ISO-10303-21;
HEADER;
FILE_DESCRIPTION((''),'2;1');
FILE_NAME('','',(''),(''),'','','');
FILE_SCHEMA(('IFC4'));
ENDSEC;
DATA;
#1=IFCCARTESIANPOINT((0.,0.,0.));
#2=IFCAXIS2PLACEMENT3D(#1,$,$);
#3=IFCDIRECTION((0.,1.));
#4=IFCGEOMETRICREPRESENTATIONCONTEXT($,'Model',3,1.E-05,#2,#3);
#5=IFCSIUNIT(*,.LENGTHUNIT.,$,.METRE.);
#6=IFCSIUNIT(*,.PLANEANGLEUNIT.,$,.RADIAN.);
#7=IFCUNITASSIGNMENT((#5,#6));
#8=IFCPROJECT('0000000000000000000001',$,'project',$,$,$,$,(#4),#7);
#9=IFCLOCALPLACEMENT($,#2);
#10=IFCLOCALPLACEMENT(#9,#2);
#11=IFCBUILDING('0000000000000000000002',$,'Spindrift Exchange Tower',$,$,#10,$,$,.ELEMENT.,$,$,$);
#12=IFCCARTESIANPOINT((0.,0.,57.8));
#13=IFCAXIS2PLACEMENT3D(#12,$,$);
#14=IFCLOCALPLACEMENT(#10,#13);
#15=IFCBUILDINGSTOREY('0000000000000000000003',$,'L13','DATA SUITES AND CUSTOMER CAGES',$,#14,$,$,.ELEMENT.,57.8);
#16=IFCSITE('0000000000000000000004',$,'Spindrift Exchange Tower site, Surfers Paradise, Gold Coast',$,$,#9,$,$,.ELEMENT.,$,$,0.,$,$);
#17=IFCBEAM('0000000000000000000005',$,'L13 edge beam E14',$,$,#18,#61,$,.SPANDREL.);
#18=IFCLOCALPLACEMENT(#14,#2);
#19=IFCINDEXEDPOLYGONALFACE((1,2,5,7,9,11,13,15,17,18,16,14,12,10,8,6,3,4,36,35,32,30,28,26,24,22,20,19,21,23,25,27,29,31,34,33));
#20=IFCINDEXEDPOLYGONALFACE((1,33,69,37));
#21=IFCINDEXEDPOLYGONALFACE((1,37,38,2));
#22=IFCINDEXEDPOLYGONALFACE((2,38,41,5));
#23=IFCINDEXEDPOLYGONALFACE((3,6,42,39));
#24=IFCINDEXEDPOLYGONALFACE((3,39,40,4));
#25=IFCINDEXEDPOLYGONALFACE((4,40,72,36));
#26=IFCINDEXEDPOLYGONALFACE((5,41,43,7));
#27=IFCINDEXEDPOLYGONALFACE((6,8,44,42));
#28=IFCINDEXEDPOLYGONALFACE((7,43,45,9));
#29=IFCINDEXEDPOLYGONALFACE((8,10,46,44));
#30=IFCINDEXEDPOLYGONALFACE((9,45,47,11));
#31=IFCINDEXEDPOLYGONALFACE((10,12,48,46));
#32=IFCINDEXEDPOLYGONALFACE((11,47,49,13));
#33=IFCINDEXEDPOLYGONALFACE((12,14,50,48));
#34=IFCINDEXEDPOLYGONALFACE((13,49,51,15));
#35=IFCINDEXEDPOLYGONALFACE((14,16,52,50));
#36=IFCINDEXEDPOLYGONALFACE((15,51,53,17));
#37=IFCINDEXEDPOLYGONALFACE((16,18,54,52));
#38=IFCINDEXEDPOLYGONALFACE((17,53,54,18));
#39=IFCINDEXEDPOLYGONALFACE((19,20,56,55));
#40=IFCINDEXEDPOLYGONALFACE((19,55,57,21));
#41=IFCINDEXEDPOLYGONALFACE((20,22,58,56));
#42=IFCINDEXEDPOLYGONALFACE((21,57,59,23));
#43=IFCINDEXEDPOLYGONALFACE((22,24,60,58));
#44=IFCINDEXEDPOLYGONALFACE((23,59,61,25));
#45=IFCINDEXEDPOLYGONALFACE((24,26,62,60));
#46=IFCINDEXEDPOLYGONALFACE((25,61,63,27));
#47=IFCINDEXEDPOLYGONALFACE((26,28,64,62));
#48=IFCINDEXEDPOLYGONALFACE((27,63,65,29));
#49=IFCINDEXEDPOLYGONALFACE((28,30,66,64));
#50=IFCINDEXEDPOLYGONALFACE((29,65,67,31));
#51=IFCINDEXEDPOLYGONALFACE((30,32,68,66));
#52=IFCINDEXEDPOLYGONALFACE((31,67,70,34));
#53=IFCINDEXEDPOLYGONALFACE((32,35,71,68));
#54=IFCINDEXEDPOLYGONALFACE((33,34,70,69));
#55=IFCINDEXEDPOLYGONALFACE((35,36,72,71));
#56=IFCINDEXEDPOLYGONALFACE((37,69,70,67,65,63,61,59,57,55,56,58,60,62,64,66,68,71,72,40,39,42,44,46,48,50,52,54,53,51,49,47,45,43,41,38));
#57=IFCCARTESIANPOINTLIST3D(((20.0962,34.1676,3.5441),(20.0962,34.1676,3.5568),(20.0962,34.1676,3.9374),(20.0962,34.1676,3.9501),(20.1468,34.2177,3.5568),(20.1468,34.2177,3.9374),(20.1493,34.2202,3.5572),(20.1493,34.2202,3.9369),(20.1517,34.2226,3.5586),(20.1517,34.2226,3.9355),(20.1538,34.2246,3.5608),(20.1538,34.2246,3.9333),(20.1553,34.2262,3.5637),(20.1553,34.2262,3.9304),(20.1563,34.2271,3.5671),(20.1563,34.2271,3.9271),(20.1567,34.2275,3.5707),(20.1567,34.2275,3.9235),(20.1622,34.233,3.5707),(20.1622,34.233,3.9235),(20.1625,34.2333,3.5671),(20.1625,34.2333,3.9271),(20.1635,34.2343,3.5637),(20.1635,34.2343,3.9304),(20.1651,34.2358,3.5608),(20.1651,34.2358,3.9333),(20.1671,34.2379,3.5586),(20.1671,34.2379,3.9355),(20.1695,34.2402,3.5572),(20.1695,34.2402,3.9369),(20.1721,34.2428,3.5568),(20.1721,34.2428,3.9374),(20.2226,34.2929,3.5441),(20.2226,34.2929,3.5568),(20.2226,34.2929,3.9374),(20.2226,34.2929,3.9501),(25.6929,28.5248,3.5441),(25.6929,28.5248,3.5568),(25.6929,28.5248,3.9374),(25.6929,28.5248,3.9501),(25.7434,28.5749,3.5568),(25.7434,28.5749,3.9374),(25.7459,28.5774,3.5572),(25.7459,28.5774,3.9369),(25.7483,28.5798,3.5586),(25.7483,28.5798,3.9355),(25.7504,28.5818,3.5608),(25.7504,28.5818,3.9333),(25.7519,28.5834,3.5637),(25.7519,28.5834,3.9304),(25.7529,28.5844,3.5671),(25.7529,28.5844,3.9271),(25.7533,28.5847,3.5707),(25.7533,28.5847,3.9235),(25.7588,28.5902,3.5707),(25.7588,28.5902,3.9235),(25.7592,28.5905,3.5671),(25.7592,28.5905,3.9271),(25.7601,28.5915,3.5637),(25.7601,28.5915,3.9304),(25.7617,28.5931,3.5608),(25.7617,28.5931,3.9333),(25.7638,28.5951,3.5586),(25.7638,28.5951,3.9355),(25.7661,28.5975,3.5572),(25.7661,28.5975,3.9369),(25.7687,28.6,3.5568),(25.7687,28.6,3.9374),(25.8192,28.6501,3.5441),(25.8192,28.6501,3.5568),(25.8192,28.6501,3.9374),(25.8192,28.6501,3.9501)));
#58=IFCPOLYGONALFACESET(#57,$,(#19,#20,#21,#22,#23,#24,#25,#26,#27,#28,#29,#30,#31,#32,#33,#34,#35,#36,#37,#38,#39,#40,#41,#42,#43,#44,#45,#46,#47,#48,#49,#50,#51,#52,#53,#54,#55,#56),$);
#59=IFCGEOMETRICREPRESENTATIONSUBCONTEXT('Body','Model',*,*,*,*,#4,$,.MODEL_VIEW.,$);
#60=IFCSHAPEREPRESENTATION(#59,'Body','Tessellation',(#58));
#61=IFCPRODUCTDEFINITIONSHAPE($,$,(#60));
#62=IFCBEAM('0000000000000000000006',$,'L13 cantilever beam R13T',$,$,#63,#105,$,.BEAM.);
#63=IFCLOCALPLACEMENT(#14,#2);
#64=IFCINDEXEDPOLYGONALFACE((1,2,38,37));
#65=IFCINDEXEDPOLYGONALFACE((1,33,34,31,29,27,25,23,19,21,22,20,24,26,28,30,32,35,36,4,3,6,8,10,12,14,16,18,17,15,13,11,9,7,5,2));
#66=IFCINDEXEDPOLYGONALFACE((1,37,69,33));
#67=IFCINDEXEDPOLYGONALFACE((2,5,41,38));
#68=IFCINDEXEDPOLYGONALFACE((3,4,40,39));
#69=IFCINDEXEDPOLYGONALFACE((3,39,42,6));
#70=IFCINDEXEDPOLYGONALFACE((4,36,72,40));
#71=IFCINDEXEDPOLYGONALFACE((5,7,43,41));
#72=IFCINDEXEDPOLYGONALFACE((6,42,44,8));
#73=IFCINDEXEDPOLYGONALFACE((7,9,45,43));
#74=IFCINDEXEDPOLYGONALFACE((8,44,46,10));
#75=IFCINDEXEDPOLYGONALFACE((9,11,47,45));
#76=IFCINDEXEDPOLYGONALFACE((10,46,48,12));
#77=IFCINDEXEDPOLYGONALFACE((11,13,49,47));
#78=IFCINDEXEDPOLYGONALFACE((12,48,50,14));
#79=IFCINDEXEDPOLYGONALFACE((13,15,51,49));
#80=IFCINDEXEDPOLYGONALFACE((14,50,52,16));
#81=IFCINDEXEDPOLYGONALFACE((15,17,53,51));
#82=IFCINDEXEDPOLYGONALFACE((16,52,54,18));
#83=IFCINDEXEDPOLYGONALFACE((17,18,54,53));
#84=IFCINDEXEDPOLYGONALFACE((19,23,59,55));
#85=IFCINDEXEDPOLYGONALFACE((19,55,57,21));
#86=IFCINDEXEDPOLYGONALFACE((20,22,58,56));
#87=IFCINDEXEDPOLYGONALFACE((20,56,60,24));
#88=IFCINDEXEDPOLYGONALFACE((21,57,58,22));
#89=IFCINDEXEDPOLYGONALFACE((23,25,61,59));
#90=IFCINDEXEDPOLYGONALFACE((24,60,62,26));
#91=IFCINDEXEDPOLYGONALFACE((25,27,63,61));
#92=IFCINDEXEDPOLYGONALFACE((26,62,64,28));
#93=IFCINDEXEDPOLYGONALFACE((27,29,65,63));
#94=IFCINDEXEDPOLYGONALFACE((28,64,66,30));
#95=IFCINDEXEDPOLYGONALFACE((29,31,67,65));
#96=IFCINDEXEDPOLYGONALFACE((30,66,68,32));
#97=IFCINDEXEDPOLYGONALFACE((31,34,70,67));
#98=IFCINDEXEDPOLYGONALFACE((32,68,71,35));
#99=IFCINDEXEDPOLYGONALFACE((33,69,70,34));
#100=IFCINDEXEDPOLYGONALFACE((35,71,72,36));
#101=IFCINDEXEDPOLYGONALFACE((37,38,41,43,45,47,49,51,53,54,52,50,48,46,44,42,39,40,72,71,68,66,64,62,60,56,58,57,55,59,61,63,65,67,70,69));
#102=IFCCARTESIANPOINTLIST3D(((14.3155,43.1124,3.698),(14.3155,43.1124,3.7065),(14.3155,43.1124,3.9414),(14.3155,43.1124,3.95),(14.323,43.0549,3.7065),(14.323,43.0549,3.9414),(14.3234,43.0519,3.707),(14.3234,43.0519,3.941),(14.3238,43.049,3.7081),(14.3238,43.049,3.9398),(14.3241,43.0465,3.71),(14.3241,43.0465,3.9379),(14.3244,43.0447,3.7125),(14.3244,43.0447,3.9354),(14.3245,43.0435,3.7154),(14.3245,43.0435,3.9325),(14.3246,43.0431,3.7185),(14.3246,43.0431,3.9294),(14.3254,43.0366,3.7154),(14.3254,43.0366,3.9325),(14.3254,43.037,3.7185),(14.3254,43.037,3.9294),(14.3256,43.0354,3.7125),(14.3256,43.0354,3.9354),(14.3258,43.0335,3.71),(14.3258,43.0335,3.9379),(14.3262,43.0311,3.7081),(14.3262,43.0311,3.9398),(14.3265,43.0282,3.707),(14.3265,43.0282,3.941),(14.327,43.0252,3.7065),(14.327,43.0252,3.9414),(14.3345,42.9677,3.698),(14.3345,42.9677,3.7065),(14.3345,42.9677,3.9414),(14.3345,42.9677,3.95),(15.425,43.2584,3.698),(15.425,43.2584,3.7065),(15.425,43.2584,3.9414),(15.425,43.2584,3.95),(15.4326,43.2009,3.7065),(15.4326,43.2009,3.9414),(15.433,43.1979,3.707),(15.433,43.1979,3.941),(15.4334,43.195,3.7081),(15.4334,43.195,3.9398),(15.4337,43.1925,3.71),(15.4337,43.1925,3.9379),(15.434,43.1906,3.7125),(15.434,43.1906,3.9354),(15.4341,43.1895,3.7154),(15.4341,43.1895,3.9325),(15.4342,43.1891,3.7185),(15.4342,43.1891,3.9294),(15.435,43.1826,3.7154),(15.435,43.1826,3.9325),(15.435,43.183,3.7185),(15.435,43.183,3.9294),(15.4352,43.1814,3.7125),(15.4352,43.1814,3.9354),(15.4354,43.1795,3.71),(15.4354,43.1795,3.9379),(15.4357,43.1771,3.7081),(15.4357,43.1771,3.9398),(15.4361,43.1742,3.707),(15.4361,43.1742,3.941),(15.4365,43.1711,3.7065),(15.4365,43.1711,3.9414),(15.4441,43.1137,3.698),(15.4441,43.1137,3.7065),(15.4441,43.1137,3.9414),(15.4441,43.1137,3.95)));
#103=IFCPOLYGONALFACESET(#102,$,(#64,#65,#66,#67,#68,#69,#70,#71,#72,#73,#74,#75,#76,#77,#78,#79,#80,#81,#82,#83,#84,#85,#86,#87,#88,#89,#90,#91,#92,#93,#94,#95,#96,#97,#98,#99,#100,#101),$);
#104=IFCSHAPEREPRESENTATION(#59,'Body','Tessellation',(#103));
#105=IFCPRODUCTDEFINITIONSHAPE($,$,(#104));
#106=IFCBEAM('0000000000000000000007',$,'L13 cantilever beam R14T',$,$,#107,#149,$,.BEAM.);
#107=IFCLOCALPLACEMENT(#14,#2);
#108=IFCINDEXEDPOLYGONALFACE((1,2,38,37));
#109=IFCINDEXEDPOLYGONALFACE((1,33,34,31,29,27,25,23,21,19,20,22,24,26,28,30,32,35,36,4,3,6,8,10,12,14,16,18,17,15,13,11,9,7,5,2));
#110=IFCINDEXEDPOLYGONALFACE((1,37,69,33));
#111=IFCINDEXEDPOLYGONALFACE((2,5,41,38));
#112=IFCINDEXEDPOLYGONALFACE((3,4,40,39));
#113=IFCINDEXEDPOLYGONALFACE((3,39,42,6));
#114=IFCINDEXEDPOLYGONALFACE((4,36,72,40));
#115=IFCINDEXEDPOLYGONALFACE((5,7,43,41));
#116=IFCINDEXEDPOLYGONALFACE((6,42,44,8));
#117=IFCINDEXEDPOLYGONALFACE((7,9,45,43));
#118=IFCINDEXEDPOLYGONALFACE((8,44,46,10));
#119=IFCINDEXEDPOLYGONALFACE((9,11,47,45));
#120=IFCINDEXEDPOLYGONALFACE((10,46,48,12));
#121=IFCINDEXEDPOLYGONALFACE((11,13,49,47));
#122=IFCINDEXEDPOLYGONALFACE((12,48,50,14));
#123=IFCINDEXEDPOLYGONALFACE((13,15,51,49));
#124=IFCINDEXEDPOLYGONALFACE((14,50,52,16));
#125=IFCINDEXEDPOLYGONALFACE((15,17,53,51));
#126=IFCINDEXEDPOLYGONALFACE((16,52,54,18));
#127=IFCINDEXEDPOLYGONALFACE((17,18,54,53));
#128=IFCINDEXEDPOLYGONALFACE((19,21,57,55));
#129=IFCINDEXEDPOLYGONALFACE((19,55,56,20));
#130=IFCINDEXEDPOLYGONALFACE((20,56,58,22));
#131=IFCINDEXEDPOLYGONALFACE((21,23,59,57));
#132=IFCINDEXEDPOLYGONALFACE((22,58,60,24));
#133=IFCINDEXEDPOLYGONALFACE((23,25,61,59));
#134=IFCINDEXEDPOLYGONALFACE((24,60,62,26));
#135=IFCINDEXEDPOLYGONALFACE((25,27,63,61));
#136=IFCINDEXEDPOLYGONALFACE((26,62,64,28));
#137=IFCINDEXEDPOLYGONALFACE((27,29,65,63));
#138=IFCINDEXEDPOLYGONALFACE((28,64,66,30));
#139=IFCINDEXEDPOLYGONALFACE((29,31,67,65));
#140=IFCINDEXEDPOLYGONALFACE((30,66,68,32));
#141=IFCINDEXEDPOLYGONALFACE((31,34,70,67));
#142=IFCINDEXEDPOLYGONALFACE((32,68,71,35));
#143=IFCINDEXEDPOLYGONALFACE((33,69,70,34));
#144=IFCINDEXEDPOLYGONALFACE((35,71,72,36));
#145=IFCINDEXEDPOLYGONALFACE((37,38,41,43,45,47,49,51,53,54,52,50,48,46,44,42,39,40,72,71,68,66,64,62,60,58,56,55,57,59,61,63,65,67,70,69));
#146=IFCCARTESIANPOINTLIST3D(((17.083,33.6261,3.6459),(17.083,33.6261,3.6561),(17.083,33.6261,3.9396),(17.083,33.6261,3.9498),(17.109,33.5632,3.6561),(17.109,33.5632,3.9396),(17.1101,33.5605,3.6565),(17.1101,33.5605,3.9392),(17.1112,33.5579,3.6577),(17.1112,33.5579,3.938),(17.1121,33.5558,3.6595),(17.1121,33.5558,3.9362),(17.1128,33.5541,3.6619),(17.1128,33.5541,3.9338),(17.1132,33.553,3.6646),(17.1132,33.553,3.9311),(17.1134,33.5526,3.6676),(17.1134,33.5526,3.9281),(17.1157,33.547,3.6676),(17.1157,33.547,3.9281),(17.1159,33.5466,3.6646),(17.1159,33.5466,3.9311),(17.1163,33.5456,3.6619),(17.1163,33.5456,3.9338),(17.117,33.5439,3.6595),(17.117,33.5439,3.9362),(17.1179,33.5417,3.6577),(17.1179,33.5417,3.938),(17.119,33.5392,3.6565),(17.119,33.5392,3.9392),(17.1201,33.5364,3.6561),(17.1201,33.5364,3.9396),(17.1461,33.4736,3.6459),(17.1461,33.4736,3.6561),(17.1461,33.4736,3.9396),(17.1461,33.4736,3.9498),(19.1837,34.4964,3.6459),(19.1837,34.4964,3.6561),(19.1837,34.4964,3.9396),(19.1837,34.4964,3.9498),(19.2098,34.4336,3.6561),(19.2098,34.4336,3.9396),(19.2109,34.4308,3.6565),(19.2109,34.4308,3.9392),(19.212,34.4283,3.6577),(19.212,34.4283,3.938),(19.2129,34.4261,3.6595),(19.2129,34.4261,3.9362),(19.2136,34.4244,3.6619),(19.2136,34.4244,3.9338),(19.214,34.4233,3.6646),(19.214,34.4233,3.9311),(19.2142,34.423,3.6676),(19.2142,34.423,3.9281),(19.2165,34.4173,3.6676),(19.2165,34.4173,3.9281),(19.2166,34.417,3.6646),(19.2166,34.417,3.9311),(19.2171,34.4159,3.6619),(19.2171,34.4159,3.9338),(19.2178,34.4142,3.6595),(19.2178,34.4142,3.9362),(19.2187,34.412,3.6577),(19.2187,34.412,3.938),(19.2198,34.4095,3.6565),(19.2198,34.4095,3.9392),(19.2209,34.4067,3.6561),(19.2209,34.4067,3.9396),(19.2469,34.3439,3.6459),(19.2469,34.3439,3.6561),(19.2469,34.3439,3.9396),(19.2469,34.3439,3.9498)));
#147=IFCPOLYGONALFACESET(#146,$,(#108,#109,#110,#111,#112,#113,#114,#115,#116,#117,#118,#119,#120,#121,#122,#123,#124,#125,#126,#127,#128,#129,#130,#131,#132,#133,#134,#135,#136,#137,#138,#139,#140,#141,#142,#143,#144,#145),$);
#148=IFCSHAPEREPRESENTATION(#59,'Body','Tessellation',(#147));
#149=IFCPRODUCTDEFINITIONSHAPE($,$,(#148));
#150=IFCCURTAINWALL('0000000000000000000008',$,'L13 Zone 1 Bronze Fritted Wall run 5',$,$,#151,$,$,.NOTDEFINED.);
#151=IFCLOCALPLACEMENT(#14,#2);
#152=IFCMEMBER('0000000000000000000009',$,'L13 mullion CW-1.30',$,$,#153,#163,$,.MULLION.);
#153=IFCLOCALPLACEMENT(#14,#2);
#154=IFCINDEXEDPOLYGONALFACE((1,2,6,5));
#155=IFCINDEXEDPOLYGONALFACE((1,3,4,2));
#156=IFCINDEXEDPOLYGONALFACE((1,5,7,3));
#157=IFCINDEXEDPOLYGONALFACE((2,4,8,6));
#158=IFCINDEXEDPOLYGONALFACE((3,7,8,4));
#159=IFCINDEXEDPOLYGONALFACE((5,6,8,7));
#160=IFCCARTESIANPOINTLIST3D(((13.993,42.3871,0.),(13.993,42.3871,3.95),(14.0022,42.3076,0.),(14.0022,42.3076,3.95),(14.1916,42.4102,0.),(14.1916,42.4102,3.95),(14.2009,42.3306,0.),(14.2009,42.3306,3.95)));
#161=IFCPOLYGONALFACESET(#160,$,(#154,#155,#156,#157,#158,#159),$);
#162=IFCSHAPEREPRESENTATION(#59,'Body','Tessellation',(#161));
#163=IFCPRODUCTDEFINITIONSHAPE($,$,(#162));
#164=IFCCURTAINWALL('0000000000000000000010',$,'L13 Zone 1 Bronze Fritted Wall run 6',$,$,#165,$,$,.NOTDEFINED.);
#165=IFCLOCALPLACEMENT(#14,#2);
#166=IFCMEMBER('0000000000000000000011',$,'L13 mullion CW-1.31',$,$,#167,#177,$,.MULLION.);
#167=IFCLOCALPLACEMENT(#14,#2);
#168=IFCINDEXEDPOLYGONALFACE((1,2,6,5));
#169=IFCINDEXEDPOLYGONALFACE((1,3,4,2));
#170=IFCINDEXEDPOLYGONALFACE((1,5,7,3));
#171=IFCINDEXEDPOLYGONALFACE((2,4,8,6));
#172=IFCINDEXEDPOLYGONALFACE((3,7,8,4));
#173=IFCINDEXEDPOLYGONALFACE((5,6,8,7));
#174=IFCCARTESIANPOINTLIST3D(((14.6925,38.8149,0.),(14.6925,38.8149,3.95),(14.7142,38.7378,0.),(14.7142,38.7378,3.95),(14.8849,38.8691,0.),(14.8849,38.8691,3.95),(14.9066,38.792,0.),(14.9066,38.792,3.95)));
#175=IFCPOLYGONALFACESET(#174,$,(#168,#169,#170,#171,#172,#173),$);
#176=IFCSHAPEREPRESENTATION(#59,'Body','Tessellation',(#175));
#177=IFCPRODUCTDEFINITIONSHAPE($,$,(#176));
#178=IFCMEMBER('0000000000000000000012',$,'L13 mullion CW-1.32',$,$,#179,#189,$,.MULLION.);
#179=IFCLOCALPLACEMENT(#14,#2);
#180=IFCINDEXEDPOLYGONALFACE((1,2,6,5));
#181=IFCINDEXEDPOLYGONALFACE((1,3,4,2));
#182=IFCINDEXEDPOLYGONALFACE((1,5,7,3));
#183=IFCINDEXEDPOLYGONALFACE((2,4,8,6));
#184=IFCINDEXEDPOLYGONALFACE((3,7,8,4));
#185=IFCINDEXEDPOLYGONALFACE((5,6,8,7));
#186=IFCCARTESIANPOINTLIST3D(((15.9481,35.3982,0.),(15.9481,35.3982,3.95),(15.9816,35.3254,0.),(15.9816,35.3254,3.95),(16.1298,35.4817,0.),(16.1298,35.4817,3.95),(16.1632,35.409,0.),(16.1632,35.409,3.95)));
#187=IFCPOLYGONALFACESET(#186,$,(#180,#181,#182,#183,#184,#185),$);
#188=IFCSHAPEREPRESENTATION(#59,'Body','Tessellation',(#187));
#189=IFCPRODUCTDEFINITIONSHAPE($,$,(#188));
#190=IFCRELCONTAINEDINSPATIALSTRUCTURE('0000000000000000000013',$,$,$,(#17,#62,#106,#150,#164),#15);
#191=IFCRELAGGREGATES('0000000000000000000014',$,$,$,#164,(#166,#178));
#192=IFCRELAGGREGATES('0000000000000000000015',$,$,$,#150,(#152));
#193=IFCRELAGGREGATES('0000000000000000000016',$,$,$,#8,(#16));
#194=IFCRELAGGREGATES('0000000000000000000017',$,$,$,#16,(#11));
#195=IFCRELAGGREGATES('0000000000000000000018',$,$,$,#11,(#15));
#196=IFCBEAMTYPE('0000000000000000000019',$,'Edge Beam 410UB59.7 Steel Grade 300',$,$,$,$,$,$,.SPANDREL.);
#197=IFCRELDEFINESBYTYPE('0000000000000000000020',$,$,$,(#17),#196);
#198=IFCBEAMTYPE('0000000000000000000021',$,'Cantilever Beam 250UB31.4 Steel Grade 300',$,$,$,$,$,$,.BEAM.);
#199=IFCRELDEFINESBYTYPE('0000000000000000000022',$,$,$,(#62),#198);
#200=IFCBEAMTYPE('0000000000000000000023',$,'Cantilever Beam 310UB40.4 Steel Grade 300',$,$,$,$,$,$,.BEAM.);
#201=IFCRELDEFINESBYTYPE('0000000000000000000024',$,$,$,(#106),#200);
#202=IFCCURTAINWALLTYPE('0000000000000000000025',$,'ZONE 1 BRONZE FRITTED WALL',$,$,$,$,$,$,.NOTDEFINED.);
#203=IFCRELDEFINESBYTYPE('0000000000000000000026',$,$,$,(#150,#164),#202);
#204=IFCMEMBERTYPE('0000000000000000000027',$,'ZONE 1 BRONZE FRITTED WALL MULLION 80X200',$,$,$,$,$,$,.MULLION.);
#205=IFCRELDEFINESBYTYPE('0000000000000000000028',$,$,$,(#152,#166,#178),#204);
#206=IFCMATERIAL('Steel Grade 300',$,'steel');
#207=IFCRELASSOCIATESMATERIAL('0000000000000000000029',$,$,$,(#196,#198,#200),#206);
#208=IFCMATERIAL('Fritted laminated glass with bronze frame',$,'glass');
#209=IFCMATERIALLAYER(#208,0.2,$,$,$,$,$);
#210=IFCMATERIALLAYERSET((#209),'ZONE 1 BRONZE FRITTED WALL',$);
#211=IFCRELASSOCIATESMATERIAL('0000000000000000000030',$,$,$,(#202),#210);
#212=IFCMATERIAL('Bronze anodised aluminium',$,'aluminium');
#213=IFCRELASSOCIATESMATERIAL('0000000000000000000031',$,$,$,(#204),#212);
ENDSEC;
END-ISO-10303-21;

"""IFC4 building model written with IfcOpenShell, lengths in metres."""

from ifc_helpers import new_model, si_unit, direction, frame, origin, origin_2d, place, context, subcontext, project, spatial, rectangle, i_section, extrude, source, transform, mapped, material, layer, layer_set, material_profile, profile_set, type_object, element, aggregate, save


model = new_model("IFC4")

# Units and contexts
model_context = context("Model", 3, precision=1e-05, world=origin(), true_north=direction((0.0, 1.0)))
body_context = subcontext(model_context, "Body", "Model", "MODEL_VIEW")
ifc_project = project(units=[si_unit("LENGTHUNIT", "METRE"), si_unit("PLANEANGLEUNIT", "RADIAN")], contexts=[model_context])

# Site, building, storey
site_placement = place(None, origin())
site = spatial("IfcSite", under=ifc_project, at=site_placement, Name="Spindrift Exchange Tower site, Surfers Paradise, Gold Coast", CompositionType="ELEMENT", RefElevation=0.0)
building_placement = place(site_placement, origin())
building = spatial("IfcBuilding", under=site, at=building_placement, Name="Spindrift Exchange Tower", CompositionType="ELEMENT")
storey_placement = place(building_placement, frame((0.0, 0.0, 57.8)))
storey = spatial("IfcBuildingStorey", under=building, at=storey_placement, Name="L13", Description="DATA SUITES AND CUSTOMER CAGES", CompositionType="ELEMENT", Elevation=57.8)

# Beams
ifc_material_1 = material(Name="Steel Grade 300", Category="steel")
ifc_material_profile_1 = material_profile(ifc_material_1, i_section(OverallWidth=0.178, OverallDepth=0.406, WebThickness=0.0078, FlangeThickness=0.0127, FilletRadius=0.0139, at=origin_2d()), Name="410UB59.7")
ifc_profile_set_1 = profile_set([ifc_material_profile_1], Name="Steel Grade 300")
beam_type_1 = type_object("IfcBeamType", Name="Edge Beam 410UB59.7 Steel Grade 300", PredefinedType="SPANDREL", material=ifc_profile_set_1)
shared_shape_1 = source(origin(), body_context, "Body", "SweptSolid", [
    extrude(i_section(OverallWidth=0.178, OverallDepth=0.406, WebThickness=0.0078, FlangeThickness=0.0127, FilletRadius=0.0139, at=origin_2d()), origin(), (0.0, 0.0, 1.0), 7.9475),
])
beam_1_placement = place(storey_placement, frame((20.1594, 34.2302, 3.7471), z_axis=(0.704198, -0.710004, 0.0), x_axis=(0.710004, 0.704198, 0.0)))
element("IfcBeam", 1, at=beam_1_placement, inside=storey, type_object=beam_type_1, Name="L13 edge beam E14", PredefinedType="SPANDREL", context=body_context, shape_type="MappedRepresentation", body=[
    mapped(shared_shape_1, transform((0.0, 0.0, 0.0), scale=1.0)),
])
ifc_material_profile_2 = material_profile(ifc_material_1, i_section(OverallWidth=0.146, OverallDepth=0.252, WebThickness=0.0061, FlangeThickness=0.0085, FilletRadius=0.012, at=origin_2d()), Name="250UB31.4")
ifc_profile_set_2 = profile_set([ifc_material_profile_2], Name="Steel Grade 300")
beam_type_2 = type_object("IfcBeamType", Name="Cantilever Beam 250UB31.4 Steel Grade 300", PredefinedType="BEAM", material=ifc_profile_set_2)
shared_shape_2 = source(origin(), body_context, "Body", "SweptSolid", [
    extrude(i_section(OverallWidth=0.146, OverallDepth=0.252, WebThickness=0.0061, FlangeThickness=0.0085, FilletRadius=0.012, at=origin_2d()), origin(), (0.0, 0.0, 1.0), 1.1191),
])
beam_2_placement = place(storey_placement, frame((15.4346, 43.186, 3.824), z_axis=(-0.991455, -0.130449, 0.0), x_axis=(0.130449, -0.991455, 0.0)))
element("IfcBeam", 2, at=beam_2_placement, inside=storey, type_object=beam_type_2, Name="L13 cantilever beam R13T", PredefinedType="BEAM", context=body_context, shape_type="MappedRepresentation", body=[
    mapped(shared_shape_2, transform((0.0, 0.0, 0.0), scale=1.0)),
])
ifc_material_profile_3 = material_profile(ifc_material_1, i_section(OverallWidth=0.165, OverallDepth=0.304, WebThickness=0.0061, FlangeThickness=0.0103, FilletRadius=0.0115, at=origin_2d()), Name="310UB40.4")
ifc_profile_set_3 = profile_set([ifc_material_profile_3], Name="Steel Grade 300")
beam_type_3 = type_object("IfcBeamType", Name="Cantilever Beam 310UB40.4 Steel Grade 300", PredefinedType="BEAM", material=ifc_profile_set_3)
shared_shape_3 = source(origin(), body_context, "Body", "SweptSolid", [
    extrude(i_section(OverallWidth=0.165, OverallDepth=0.304, WebThickness=0.0061, FlangeThickness=0.0103, FilletRadius=0.0115, at=origin_2d()), origin(), (0.0, 0.0, 1.0), 2.2739),
])
beam_3_placement = place(storey_placement, frame((19.2153, 34.4202, 3.7979), z_axis=(-0.923853, -0.382747, 0.0), x_axis=(0.382747, -0.923853, 0.0)))
element("IfcBeam", 3, at=beam_3_placement, inside=storey, type_object=beam_type_3, Name="L13 cantilever beam R14T", PredefinedType="BEAM", context=body_context, shape_type="MappedRepresentation", body=[
    mapped(shared_shape_3, transform((0.0, 0.0, 0.0), scale=1.0)),
])

# Curtain wall, member
ifc_material_2 = material(Name="Fritted laminated glass with bronze frame", Category="glass")
ifc_layer_1 = layer(ifc_material_2, 0.2)
ifc_layer_set_1 = layer_set([ifc_layer_1], Name="ZONE 1 BRONZE FRITTED WALL")
curtain_wall_type = type_object("IfcCurtainWallType", Name="ZONE 1 BRONZE FRITTED WALL", PredefinedType="NOTDEFINED", material=ifc_layer_set_1)
curtain_wall_1_placement = place(storey_placement, origin())
curtain_wall_1 = element("IfcCurtainWall", 4, at=curtain_wall_1_placement, inside=storey, type_object=curtain_wall_type, Name="L13 Zone 1 Bronze Fritted Wall run 5", PredefinedType="NOTDEFINED")
ifc_material_3 = material(Name="Bronze anodised aluminium", Category="aluminium")
ifc_material_profile_4 = material_profile(ifc_material_3, rectangle(XDim=0.0801, YDim=0.2, at=origin_2d()), Name="ZONE 1 BRONZE FRITTED WALL MULLION 80X200")
ifc_profile_set_4 = profile_set([ifc_material_profile_4], Name="Bronze anodised aluminium")
member_type_1 = type_object("IfcMemberType", Name="ZONE 1 BRONZE FRITTED WALL MULLION 80X200", PredefinedType="MULLION", material=ifc_profile_set_4)
shared_shape_4 = source(origin(), body_context, "Body", "SweptSolid", [
    extrude(rectangle(XDim=0.0801, YDim=0.2, at=origin_2d()), origin(), (0.0, 0.0, 1.0), 3.95),
])
member_1_placement = place(storey_placement, frame((14.0969, 42.3589, 0.0), z_axis=(0.0, 0.0, 1.0), x_axis=(0.115364, -0.993323, 0.0)))
member_1 = element("IfcMember", 5, at=member_1_placement, type_object=member_type_1, Name="L13 mullion CW-1.30", PredefinedType="MULLION", context=body_context, shape_type="MappedRepresentation", body=[
    mapped(shared_shape_4, transform((0.0, 0.0, 0.0), scale=1.0)),
])

# Curtain wall, members
curtain_wall_2_placement = place(storey_placement, origin())
curtain_wall_2 = element("IfcCurtainWall", 6, at=curtain_wall_2_placement, inside=storey, type_object=curtain_wall_type, Name="L13 Zone 1 Bronze Fritted Wall run 6", PredefinedType="NOTDEFINED")
member_2_placement = place(storey_placement, frame((14.7996, 38.8035, 0.0), z_axis=(0.0, 0.0, 1.0), x_axis=(0.271047, -0.962566, 0.0)))
member_2 = element("IfcMember", 7, at=member_2_placement, type_object=member_type_1, Name="L13 mullion CW-1.31", PredefinedType="MULLION", context=body_context, shape_type="MappedRepresentation", body=[
    mapped(shared_shape_4, transform((0.0, 0.0, 0.0), scale=1.0)),
])
member_3_placement = place(storey_placement, frame((16.0557, 35.4036, 0.0), z_axis=(0.0, 0.0, 1.0), x_axis=(0.417791, -0.908543, 0.0)))
member_3 = element("IfcMember", 8, at=member_3_placement, type_object=member_type_1, Name="L13 mullion CW-1.32", PredefinedType="MULLION", context=body_context, shape_type="MappedRepresentation", body=[
    mapped(shared_shape_4, transform((0.0, 0.0, 0.0), scale=1.0)),
])

aggregate(curtain_wall_2, [member_2, member_3])
aggregate(curtain_wall_1, [member_1])

save(model, "model.ifc")
